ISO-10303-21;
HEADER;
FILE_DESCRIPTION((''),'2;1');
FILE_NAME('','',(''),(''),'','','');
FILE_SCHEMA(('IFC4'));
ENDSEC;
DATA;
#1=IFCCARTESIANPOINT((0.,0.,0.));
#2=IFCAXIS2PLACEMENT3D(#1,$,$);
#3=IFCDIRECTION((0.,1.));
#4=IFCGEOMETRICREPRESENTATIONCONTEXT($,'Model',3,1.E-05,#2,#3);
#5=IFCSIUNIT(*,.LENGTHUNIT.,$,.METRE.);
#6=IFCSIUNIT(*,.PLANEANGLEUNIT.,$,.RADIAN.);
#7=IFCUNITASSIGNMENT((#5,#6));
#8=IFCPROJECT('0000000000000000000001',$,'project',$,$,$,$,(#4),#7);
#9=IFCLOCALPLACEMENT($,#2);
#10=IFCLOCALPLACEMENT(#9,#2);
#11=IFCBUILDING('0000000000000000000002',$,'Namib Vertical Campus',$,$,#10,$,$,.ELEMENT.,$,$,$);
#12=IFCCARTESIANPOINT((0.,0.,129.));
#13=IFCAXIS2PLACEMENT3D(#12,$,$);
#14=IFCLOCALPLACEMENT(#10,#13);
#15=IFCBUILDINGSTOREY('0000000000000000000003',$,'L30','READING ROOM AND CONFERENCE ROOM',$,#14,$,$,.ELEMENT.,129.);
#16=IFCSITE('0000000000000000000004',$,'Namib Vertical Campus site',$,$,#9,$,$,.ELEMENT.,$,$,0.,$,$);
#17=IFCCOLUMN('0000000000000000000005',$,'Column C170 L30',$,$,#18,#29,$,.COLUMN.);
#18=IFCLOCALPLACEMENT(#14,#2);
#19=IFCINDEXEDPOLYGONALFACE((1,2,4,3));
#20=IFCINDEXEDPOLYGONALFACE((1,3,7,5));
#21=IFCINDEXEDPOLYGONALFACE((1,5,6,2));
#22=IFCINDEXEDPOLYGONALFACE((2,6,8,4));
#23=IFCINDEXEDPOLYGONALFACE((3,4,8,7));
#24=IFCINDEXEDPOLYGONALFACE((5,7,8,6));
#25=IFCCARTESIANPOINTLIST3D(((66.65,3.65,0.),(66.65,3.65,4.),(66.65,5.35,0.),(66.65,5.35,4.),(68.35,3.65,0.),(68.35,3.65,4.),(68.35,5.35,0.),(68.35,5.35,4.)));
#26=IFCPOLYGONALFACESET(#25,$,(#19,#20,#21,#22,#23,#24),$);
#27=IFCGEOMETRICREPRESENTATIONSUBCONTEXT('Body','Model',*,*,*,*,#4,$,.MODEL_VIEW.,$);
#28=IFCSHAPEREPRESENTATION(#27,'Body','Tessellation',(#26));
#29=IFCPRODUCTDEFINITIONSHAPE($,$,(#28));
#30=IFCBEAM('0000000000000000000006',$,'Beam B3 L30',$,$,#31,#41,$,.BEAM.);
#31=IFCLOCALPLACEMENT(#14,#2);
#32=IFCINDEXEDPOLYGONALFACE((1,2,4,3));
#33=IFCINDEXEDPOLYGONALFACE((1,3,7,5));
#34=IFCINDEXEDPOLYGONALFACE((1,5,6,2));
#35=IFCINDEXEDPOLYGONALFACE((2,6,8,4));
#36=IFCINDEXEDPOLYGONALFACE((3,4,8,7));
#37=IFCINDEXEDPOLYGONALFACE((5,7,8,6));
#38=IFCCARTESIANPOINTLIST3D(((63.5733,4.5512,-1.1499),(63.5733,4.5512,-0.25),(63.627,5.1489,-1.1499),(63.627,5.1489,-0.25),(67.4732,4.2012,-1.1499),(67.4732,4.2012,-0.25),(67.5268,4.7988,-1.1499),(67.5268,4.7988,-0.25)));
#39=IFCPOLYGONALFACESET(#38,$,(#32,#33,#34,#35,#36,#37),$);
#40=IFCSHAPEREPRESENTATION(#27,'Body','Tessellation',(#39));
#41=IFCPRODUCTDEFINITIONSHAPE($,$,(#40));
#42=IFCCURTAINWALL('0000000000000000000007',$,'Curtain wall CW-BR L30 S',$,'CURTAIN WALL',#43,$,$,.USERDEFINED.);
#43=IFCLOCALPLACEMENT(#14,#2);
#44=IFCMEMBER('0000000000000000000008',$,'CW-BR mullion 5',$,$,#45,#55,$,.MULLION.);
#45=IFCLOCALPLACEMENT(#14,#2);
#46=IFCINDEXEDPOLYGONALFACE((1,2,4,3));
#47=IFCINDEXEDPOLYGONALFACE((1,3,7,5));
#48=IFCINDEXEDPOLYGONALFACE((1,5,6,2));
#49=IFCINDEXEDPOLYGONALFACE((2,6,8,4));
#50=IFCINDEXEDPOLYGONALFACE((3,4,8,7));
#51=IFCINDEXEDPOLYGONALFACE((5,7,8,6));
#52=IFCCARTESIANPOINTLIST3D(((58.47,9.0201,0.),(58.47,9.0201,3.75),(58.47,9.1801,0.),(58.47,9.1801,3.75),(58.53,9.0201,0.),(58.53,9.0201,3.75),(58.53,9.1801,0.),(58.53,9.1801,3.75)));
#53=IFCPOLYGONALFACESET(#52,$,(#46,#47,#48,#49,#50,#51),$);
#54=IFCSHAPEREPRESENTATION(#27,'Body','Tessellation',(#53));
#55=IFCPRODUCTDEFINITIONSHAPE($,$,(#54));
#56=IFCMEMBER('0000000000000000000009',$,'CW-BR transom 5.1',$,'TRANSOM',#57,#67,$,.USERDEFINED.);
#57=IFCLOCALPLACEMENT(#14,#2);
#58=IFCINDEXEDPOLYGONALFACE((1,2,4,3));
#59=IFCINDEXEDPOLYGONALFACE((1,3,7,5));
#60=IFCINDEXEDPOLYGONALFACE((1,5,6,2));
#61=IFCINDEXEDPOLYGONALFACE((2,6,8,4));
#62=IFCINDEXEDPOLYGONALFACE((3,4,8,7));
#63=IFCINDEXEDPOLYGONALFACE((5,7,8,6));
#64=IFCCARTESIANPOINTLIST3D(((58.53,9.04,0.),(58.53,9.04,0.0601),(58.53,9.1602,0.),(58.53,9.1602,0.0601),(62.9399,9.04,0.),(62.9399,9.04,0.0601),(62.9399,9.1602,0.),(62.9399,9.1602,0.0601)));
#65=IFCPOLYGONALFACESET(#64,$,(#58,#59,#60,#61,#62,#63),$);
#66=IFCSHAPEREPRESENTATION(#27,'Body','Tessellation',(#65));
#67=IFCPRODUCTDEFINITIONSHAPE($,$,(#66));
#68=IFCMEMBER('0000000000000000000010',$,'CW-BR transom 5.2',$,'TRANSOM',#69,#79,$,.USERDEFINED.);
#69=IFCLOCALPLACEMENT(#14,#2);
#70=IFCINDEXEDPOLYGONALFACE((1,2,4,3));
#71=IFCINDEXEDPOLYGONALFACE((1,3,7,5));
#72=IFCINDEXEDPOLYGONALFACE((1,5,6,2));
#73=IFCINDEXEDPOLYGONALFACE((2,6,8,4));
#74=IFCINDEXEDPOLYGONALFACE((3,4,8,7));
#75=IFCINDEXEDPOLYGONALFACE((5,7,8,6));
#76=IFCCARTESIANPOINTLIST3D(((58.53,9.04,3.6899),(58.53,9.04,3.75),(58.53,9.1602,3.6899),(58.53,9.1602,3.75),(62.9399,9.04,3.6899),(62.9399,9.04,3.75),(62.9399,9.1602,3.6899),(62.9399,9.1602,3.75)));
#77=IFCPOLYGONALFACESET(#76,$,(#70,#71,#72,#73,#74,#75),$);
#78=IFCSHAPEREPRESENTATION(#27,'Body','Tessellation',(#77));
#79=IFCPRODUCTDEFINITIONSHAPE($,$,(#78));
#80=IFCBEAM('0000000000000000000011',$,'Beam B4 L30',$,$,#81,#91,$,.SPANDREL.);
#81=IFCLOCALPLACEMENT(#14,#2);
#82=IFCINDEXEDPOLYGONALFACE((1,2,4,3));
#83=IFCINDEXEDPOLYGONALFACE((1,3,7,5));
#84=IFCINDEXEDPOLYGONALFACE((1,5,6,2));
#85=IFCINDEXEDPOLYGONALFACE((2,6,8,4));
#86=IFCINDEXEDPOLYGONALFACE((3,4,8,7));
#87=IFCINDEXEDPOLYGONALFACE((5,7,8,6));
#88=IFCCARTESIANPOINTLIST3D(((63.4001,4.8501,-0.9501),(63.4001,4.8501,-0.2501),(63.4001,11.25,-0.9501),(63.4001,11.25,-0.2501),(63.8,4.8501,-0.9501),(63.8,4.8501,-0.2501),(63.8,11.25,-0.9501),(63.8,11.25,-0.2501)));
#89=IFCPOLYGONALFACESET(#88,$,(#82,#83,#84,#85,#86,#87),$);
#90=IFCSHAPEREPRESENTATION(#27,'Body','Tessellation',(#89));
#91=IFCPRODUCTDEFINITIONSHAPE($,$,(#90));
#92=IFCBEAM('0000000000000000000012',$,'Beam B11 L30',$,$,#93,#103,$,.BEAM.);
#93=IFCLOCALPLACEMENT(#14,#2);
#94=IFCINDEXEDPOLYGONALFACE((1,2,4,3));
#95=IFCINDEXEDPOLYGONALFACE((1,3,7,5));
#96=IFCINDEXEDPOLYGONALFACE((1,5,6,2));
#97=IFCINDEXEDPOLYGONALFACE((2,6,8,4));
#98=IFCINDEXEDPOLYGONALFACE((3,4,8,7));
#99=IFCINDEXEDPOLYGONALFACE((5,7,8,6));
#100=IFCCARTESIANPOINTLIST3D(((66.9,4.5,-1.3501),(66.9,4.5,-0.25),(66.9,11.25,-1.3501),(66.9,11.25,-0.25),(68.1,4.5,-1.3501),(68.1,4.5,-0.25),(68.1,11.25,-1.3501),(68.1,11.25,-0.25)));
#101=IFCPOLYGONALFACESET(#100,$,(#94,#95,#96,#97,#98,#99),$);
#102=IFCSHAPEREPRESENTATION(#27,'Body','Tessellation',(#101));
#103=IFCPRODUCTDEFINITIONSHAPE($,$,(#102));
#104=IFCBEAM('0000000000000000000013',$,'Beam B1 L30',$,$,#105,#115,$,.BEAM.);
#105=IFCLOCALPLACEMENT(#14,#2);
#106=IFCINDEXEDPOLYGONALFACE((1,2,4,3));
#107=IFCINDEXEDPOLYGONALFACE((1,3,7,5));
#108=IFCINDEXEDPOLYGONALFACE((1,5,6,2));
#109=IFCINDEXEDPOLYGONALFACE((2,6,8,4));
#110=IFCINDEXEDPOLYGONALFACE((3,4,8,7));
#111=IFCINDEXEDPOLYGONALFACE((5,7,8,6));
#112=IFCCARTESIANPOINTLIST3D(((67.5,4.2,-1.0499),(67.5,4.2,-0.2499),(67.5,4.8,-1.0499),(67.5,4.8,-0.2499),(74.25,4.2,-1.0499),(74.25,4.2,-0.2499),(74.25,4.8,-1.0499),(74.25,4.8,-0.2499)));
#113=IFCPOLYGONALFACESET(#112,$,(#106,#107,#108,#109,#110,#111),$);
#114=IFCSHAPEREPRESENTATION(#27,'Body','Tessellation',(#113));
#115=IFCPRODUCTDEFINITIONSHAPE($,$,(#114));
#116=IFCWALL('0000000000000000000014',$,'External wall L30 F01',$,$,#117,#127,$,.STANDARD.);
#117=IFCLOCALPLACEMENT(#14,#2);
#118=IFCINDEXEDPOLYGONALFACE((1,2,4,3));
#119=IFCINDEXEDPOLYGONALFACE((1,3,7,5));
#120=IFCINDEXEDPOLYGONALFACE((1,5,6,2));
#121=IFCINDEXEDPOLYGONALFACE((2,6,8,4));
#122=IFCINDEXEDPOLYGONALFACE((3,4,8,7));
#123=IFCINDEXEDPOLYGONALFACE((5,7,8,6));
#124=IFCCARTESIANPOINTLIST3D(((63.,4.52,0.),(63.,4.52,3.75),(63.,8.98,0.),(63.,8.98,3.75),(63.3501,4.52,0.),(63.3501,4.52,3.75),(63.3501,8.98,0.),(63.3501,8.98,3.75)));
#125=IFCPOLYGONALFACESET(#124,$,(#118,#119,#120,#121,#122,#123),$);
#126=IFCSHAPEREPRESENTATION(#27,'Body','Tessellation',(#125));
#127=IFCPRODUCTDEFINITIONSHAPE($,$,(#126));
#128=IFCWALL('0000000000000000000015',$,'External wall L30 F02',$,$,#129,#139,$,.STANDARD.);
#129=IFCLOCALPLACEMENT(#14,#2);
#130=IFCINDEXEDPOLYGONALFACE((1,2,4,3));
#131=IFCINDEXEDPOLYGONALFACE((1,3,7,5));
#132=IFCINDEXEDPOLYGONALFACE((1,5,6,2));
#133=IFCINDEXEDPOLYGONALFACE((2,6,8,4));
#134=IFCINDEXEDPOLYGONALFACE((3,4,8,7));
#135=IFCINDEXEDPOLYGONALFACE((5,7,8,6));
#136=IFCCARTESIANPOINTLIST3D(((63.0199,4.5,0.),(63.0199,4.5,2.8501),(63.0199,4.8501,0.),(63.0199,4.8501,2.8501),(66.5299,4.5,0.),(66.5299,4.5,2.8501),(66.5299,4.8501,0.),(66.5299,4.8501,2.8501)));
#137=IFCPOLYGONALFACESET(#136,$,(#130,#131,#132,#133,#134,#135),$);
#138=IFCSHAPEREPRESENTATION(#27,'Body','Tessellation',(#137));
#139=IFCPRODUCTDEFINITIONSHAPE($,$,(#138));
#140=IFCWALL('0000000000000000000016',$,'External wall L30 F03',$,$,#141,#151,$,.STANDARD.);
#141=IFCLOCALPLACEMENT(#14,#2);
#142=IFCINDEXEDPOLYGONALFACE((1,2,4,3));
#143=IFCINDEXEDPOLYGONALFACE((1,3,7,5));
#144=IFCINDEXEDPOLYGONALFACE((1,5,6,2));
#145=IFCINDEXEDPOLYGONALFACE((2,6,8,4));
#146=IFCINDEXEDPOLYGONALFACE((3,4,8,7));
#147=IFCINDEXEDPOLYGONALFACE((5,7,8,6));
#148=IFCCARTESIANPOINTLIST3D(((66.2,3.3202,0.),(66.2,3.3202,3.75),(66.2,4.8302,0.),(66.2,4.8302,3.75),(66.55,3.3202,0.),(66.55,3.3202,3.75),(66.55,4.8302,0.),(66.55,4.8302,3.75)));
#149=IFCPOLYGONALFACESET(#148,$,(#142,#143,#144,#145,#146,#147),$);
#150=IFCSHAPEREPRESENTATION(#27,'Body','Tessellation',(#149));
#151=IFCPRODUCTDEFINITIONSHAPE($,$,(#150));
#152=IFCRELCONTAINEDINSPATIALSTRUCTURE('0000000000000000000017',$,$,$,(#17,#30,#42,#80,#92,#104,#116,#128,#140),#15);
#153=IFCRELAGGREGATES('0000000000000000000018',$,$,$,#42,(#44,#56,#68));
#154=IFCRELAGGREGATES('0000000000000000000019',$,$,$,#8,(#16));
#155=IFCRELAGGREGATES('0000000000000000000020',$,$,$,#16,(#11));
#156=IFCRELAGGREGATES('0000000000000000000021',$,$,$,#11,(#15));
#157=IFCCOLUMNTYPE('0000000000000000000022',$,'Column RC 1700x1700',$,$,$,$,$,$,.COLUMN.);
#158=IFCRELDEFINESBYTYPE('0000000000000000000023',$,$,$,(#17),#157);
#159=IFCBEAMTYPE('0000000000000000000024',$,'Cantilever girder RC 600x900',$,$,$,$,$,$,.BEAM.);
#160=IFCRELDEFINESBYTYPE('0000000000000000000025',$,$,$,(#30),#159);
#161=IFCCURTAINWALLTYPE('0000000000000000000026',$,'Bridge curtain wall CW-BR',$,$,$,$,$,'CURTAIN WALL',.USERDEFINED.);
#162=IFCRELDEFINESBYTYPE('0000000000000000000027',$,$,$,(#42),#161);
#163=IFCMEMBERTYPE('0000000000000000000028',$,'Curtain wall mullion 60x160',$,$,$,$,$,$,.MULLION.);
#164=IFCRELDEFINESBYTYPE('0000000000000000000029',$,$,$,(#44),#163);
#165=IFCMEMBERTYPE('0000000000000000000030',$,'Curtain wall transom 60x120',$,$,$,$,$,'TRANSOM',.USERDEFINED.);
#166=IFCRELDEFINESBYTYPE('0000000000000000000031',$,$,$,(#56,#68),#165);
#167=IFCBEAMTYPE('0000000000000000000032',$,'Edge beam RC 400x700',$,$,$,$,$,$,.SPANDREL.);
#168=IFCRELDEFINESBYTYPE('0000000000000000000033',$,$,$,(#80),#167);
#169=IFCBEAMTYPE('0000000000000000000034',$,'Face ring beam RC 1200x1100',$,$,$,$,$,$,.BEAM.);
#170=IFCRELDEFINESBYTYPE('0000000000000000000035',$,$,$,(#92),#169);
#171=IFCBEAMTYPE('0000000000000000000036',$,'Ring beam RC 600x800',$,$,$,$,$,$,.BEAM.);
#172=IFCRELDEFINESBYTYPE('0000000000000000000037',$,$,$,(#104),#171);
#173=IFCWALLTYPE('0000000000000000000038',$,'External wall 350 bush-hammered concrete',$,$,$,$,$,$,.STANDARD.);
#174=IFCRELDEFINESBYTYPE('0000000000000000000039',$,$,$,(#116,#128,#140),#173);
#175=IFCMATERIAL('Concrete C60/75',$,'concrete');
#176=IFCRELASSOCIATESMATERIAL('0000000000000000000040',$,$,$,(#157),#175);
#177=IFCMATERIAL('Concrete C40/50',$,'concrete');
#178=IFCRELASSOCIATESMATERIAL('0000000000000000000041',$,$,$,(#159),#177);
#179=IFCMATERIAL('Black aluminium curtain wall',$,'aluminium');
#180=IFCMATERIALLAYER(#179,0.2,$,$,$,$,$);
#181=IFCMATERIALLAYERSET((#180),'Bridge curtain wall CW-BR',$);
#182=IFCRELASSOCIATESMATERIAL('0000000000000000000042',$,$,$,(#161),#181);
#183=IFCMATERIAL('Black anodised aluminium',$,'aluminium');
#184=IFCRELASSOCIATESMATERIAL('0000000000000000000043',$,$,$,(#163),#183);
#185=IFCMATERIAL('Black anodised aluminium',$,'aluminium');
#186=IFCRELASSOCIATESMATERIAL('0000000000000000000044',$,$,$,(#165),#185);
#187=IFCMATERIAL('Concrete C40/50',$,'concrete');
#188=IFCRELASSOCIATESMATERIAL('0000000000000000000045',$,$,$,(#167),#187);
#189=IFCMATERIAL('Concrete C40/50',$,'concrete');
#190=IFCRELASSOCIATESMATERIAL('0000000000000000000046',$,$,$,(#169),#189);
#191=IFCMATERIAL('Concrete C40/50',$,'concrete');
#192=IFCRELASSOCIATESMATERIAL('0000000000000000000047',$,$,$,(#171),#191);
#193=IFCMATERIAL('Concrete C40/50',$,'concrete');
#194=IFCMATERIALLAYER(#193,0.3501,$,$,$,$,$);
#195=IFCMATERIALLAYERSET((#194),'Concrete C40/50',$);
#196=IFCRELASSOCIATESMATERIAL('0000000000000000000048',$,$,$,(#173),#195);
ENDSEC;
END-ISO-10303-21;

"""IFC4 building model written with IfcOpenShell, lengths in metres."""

from ifc_helpers import new_model, si_unit, direction, frame, frame_2d, origin, origin_2d, place, context, subcontext, project, spatial, rectangle, extrude, material, layer, layer_set, material_profile, profile_set, type_object, element, aggregate, save


model = new_model("IFC4")

# Units and contexts
model_context = context("Model", 3, precision=1e-05, world=origin(), true_north=direction((0.0, 1.0)))
body_context = subcontext(model_context, "Body", "Model", "MODEL_VIEW")
ifc_project = project(units=[si_unit("LENGTHUNIT", "METRE"), si_unit("PLANEANGLEUNIT", "RADIAN")], contexts=[model_context])

# Site, building, storey
site_placement = place(None, origin())
site = spatial("IfcSite", under=ifc_project, at=site_placement, Name="Namib Vertical Campus site", CompositionType="ELEMENT", RefElevation=0.0)
building_placement = place(site_placement, origin())
building = spatial("IfcBuilding", under=site, at=building_placement, Name="Namib Vertical Campus", CompositionType="ELEMENT")
storey_placement = place(building_placement, frame((0.0, 0.0, 129.0)))
storey = spatial("IfcBuildingStorey", under=building, at=storey_placement, Name="L30", Description="READING ROOM AND CONFERENCE ROOM", CompositionType="ELEMENT", Elevation=129.0)

# Column
ifc_material_1 = material(Name="Concrete C60/75", Category="concrete")
ifc_material_profile_1 = material_profile(ifc_material_1, rectangle(XDim=1.7, YDim=1.7, at=origin_2d()))
ifc_profile_set_1 = profile_set([ifc_material_profile_1], Name="Concrete C60/75")
column_type = type_object("IfcColumnType", Name="Column RC 1700x1700", PredefinedType="COLUMN", material=ifc_profile_set_1)
column_placement = place(storey_placement, frame((67.5, 4.5, 0.0), z_axis=(0.0, 0.0, 1.0), x_axis=(1.0, 0.0, 0.0)))
element("IfcColumn", 1, at=column_placement, inside=storey, type_object=column_type, Name="Column C170 L30", PredefinedType="COLUMN", context=body_context, shape_type="SweptSolid", body=[
    extrude(rectangle(XDim=1.7, YDim=1.7, at=origin_2d()), origin(), (0.0, 0.0, 1.0), 4.0),
])

# Beam
ifc_material_2 = material(Name="Concrete C40/50", Category="concrete")
ifc_material_profile_2 = material_profile(ifc_material_2, rectangle(XDim=0.6001, YDim=0.8999, at=origin_2d()))
ifc_profile_set_2 = profile_set([ifc_material_profile_2], Name="Concrete C40/50")
beam_type_1 = type_object("IfcBeamType", Name="Cantilever girder RC 600x900", PredefinedType="BEAM", material=ifc_profile_set_2)
beam_1_placement = place(storey_placement, frame((67.5, 4.5, -0.7), z_axis=(-0.995995, 0.089411, 0.0), x_axis=(-0.089411, -0.995995, 0.0)))
element("IfcBeam", 2, at=beam_1_placement, inside=storey, type_object=beam_type_1, Name="Beam B3 L30", PredefinedType="BEAM", context=body_context, shape_type="SweptSolid", body=[
    extrude(rectangle(XDim=0.6001, YDim=0.8999, at=origin_2d()), origin(), (0.0, 0.0, 1.0), 3.9155),
])

# Curtain wall, members
ifc_material_3 = material(Name="Black aluminium curtain wall", Category="aluminium")
ifc_layer_1 = layer(ifc_material_3, 0.2)
ifc_layer_set_1 = layer_set([ifc_layer_1], Name="Bridge curtain wall CW-BR")
curtain_wall_type = type_object("IfcCurtainWallType", Name="Bridge curtain wall CW-BR", ElementType="CURTAIN WALL", PredefinedType="USERDEFINED", material=ifc_layer_set_1)
curtain_wall_placement = place(storey_placement, origin())
curtain_wall = element("IfcCurtainWall", 3, at=curtain_wall_placement, inside=storey, type_object=curtain_wall_type, Name="Curtain wall CW-BR L30 S", ObjectType="CURTAIN WALL", PredefinedType="USERDEFINED")
ifc_material_4 = material(Name="Black anodised aluminium", Category="aluminium")
ifc_material_profile_3 = material_profile(ifc_material_4, rectangle(XDim=0.0601, YDim=0.1599, at=origin_2d()))
ifc_profile_set_3 = profile_set([ifc_material_profile_3], Name="Black anodised aluminium")
member_type_1 = type_object("IfcMemberType", Name="Curtain wall mullion 60x160", PredefinedType="MULLION", material=ifc_profile_set_3)
member_1_placement = place(storey_placement, frame((58.5, 9.1001, 0.0), z_axis=(0.0, 0.0, 1.0), x_axis=(1.0, 0.0, 0.0)))
member_1 = element("IfcMember", 4, at=member_1_placement, type_object=member_type_1, Name="CW-BR mullion 5", PredefinedType="MULLION", context=body_context, shape_type="SweptSolid", body=[
    extrude(rectangle(XDim=0.0601, YDim=0.1599, at=origin_2d()), origin(), (0.0, 0.0, 1.0), 3.75),
])
ifc_material_5 = material(Name="Black anodised aluminium", Category="aluminium")
ifc_material_profile_4 = material_profile(ifc_material_5, rectangle(XDim=0.0601, YDim=0.1201, at=origin_2d()))
ifc_profile_set_4 = profile_set([ifc_material_profile_4], Name="Black anodised aluminium")
member_type_2 = type_object("IfcMemberType", Name="Curtain wall transom 60x120", ElementType="TRANSOM", PredefinedType="USERDEFINED", material=ifc_profile_set_4)
member_2_placement = place(storey_placement, frame((58.53, 9.1001, 0.03), z_axis=(1.0, 0.0, 0.0), x_axis=(0.0, 0.0, 1.0)))
member_2 = element("IfcMember", 5, at=member_2_placement, type_object=member_type_2, Name="CW-BR transom 5.1", ObjectType="TRANSOM", PredefinedType="USERDEFINED", context=body_context, shape_type="SweptSolid", body=[
    extrude(rectangle(XDim=0.0601, YDim=0.1201, at=origin_2d()), origin(), (0.0, 0.0, 1.0), 4.4099),
])
member_3_placement = place(storey_placement, frame((58.53, 9.1001, 3.72), z_axis=(1.0, 0.0, 0.0), x_axis=(0.0, 0.0, 1.0)))
member_3 = element("IfcMember", 6, at=member_3_placement, type_object=member_type_2, Name="CW-BR transom 5.2", ObjectType="TRANSOM", PredefinedType="USERDEFINED", context=body_context, shape_type="SweptSolid", body=[
    extrude(rectangle(XDim=0.0601, YDim=0.1201, at=origin_2d()), origin(), (0.0, 0.0, 1.0), 4.4099),
])
aggregate(curtain_wall, [member_1, member_2, member_3])

# Beams
ifc_material_6 = material(Name="Concrete C40/50", Category="concrete")
ifc_material_profile_5 = material_profile(ifc_material_6, rectangle(XDim=0.3999, YDim=0.7, at=origin_2d()))
ifc_profile_set_5 = profile_set([ifc_material_profile_5], Name="Concrete C40/50")
beam_type_2 = type_object("IfcBeamType", Name="Edge beam RC 400x700", PredefinedType="SPANDREL", material=ifc_profile_set_5)
beam_2_placement = place(storey_placement, frame((63.6001, 4.8501, -0.6001), z_axis=(0.0, 1.0, 0.0), x_axis=(-1.0, 0.0, 0.0)))
element("IfcBeam", 7, at=beam_2_placement, inside=storey, type_object=beam_type_2, Name="Beam B4 L30", PredefinedType="SPANDREL", context=body_context, shape_type="SweptSolid", body=[
    extrude(rectangle(XDim=0.3999, YDim=0.7, at=origin_2d()), origin(), (0.0, 0.0, 1.0), 6.3999),
])
ifc_material_7 = material(Name="Concrete C40/50", Category="concrete")
ifc_material_profile_6 = material_profile(ifc_material_7, rectangle(XDim=1.2, YDim=1.1001, at=origin_2d()))
ifc_profile_set_6 = profile_set([ifc_material_profile_6], Name="Concrete C40/50")
beam_type_3 = type_object("IfcBeamType", Name="Face ring beam RC 1200x1100", PredefinedType="BEAM", material=ifc_profile_set_6)
beam_3_placement = place(storey_placement, frame((67.5, 4.5, -0.8), z_axis=(0.0, 1.0, 0.0), x_axis=(-1.0, 0.0, 0.0)))
element("IfcBeam", 8, at=beam_3_placement, inside=storey, type_object=beam_type_3, Name="Beam B11 L30", PredefinedType="BEAM", context=body_context, shape_type="SweptSolid", body=[
    extrude(rectangle(XDim=1.2, YDim=1.1001, at=origin_2d()), origin(), (0.0, 0.0, 1.0), 6.75),
])
ifc_material_8 = material(Name="Concrete C40/50", Category="concrete")
ifc_material_profile_7 = material_profile(ifc_material_8, rectangle(XDim=0.6001, YDim=0.8, at=origin_2d()))
ifc_profile_set_7 = profile_set([ifc_material_profile_7], Name="Concrete C40/50")
beam_type_4 = type_object("IfcBeamType", Name="Ring beam RC 600x800", PredefinedType="BEAM", material=ifc_profile_set_7)
beam_4_placement = place(storey_placement, frame((67.5, 4.5, -0.6499), z_axis=(1.0, 0.0, 0.0), x_axis=(0.0, 1.0, 0.0)))
element("IfcBeam", 9, at=beam_4_placement, inside=storey, type_object=beam_type_4, Name="Beam B1 L30", PredefinedType="BEAM", context=body_context, shape_type="SweptSolid", body=[
    extrude(rectangle(XDim=0.6001, YDim=0.8, at=origin_2d()), origin(), (0.0, 0.0, 1.0), 6.75),
])

# Walls
ifc_material_9 = material(Name="Concrete C40/50", Category="concrete")
ifc_layer_2 = layer(ifc_material_9, 0.3501)
ifc_layer_set_2 = layer_set([ifc_layer_2], Name="Concrete C40/50")
wall_type = type_object("IfcWallType", Name="External wall 350 bush-hammered concrete", PredefinedType="STANDARD", material=ifc_layer_set_2)
wall_1_placement = place(storey_placement, frame((63.175, 8.98, 0.0), z_axis=(0.0, 0.0, 1.0), x_axis=(0.0, -1.0, 0.0)))
element("IfcWall", 10, at=wall_1_placement, inside=storey, type_object=wall_type, Name="External wall L30 F01", PredefinedType="STANDARD", context=body_context, shape_type="SweptSolid", body=[
    extrude(rectangle(XDim=4.46, YDim=0.3501, at=frame_2d((2.23, 0.0))), origin(), (0.0, 0.0, 1.0), 3.75),
])
wall_2_placement = place(storey_placement, frame((63.02, 4.675, 0.0), z_axis=(0.0, 0.0, 1.0), x_axis=(1.0, 0.0, 0.0)))
element("IfcWall", 11, at=wall_2_placement, inside=storey, type_object=wall_type, Name="External wall L30 F02", PredefinedType="STANDARD", context=body_context, shape_type="SweptSolid", body=[
    extrude(rectangle(XDim=3.51, YDim=0.3501, at=frame_2d((1.7549, 0.0))), origin(), (0.0, 0.0, 1.0), 2.8501),
])
wall_3_placement = place(storey_placement, frame((66.375, 4.8301, 0.0), z_axis=(0.0, 0.0, 1.0), x_axis=(0.0, -1.0, 0.0)))
element("IfcWall", 12, at=wall_3_placement, inside=storey, type_object=wall_type, Name="External wall L30 F03", PredefinedType="STANDARD", context=body_context, shape_type="SweptSolid", body=[
    extrude(rectangle(XDim=1.51, YDim=0.3501, at=frame_2d((0.7549, 0.0))), origin(), (0.0, 0.0, 1.0), 3.75),
])

save(model, "model.ifc")
